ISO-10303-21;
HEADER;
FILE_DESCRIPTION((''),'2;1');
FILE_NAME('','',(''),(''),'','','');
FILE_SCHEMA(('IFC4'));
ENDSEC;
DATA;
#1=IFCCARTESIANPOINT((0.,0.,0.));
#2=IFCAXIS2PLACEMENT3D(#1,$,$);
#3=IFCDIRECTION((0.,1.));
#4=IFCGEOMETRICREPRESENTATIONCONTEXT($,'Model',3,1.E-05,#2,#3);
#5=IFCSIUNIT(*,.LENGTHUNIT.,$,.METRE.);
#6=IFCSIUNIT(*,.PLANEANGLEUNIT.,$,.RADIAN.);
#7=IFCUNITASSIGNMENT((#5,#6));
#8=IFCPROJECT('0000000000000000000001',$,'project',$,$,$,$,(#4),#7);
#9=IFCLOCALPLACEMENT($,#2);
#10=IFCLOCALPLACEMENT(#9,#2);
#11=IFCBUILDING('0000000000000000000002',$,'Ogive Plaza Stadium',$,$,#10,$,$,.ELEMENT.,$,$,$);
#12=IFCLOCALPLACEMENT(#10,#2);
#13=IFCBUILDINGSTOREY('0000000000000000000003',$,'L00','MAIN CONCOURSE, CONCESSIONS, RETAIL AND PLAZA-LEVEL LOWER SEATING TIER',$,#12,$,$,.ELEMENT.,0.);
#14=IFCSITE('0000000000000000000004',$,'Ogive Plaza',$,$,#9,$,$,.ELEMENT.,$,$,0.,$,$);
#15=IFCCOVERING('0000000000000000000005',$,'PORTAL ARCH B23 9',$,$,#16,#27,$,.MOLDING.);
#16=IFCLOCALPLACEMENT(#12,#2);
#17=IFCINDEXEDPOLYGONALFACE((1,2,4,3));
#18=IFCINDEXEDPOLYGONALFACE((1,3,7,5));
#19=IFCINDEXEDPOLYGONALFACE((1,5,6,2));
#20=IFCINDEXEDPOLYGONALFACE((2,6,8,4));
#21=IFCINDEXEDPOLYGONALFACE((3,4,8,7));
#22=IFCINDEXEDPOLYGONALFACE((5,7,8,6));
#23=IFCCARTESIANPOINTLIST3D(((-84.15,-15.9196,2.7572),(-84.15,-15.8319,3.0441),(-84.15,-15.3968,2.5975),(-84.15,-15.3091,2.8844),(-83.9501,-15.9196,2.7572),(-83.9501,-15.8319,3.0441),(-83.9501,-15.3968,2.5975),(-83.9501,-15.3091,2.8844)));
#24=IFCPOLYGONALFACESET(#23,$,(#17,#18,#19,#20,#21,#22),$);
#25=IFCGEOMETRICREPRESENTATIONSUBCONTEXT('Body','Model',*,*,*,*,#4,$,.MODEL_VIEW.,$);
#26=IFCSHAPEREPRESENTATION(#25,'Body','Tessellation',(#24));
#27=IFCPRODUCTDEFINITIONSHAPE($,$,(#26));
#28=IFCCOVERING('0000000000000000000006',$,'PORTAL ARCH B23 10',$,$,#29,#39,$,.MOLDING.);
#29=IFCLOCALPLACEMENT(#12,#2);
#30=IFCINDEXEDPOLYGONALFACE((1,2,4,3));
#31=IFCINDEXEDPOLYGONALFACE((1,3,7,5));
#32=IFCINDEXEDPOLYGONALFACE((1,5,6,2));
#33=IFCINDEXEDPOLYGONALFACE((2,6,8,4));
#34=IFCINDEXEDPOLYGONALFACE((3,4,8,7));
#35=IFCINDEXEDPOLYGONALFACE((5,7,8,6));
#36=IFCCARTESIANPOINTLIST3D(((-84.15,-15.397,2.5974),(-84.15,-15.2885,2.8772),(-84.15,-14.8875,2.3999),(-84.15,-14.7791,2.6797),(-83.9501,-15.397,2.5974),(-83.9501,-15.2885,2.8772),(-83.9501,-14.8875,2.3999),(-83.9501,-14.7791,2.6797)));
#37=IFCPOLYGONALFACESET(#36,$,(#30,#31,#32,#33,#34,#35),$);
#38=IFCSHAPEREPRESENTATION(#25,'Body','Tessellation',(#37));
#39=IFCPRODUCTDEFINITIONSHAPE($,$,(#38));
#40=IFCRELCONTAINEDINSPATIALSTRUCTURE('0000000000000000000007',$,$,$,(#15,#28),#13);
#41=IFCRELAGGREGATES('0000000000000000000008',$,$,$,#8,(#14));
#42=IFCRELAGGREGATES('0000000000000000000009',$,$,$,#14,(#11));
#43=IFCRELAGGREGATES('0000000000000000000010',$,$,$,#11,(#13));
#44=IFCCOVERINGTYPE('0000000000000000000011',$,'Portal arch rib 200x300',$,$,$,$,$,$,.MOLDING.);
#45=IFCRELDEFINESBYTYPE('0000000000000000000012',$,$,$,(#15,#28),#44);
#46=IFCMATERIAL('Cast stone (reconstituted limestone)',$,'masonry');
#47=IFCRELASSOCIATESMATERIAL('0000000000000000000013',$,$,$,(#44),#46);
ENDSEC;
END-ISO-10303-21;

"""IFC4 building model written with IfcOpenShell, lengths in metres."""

from ifc_helpers import new_model, si_unit, direction, frame, origin, origin_2d, place, context, subcontext, project, spatial, rectangle, extrude, material, material_profile, profile_set, type_object, element, save


model = new_model("IFC4")

# Units and contexts
model_context = context("Model", 3, precision=1e-05, world=origin(), true_north=direction((0.0, 1.0)))
body_context = subcontext(model_context, "Body", "Model", "MODEL_VIEW")
ifc_project = project(units=[si_unit("LENGTHUNIT", "METRE"), si_unit("PLANEANGLEUNIT", "RADIAN")], contexts=[model_context])

# Site, building, storey
site_placement = place(None, origin())
site = spatial("IfcSite", under=ifc_project, at=site_placement, Name="Ogive Plaza", CompositionType="ELEMENT", RefElevation=0.0)
building_placement = place(site_placement, origin())
building = spatial("IfcBuilding", under=site, at=building_placement, Name="Ogive Plaza Stadium", CompositionType="ELEMENT")
storey_placement = place(building_placement, origin())
storey = spatial("IfcBuildingStorey", under=building, at=storey_placement, Name="L00", Description="MAIN CONCOURSE, CONCESSIONS, RETAIL AND PLAZA-LEVEL LOWER SEATING TIER", CompositionType="ELEMENT", Elevation=0.0)

# Coverings
ifc_material_1 = material(Name="Cast stone (reconstituted limestone)", Category="masonry")
ifc_material_profile_1 = material_profile(ifc_material_1, rectangle(XDim=0.2, YDim=0.3, at=origin_2d()), Name="Cast stone 200x300")
ifc_profile_set_1 = profile_set([ifc_material_profile_1], Name="Cast stone (reconstituted limestone)")
covering_type = type_object("IfcCoveringType", Name="Portal arch rib 200x300", PredefinedType="MOLDING", material=ifc_profile_set_1)
covering_1_placement = place(storey_placement, frame((-84.05, -15.8757, 2.9006), z_axis=(0.0, 0.956376, -0.292139), x_axis=(-1.0, 0.0, 0.0)))
element("IfcCovering", 1, at=covering_1_placement, inside=storey, type_object=covering_type, Name="PORTAL ARCH B23 9", PredefinedType="MOLDING", context=body_context, shape_type="SweptSolid", body=[
    extrude(rectangle(XDim=0.2, YDim=0.3, at=origin_2d()), origin(), (0.0, 0.0, 1.0), 0.5466),
])
covering_2_placement = place(storey_placement, frame((-84.05, -15.3428, 2.7373), z_axis=(0.0, 0.932398, -0.361433), x_axis=(-1.0, 0.0, 0.0)))
element("IfcCovering", 2, at=covering_2_placement, inside=storey, type_object=covering_type, Name="PORTAL ARCH B23 10", PredefinedType="MOLDING", context=body_context, shape_type="SweptSolid", body=[
    extrude(rectangle(XDim=0.2, YDim=0.3, at=origin_2d()), origin(), (0.0, 0.0, 1.0), 0.5464),
])

save(model, "model.ifc")
